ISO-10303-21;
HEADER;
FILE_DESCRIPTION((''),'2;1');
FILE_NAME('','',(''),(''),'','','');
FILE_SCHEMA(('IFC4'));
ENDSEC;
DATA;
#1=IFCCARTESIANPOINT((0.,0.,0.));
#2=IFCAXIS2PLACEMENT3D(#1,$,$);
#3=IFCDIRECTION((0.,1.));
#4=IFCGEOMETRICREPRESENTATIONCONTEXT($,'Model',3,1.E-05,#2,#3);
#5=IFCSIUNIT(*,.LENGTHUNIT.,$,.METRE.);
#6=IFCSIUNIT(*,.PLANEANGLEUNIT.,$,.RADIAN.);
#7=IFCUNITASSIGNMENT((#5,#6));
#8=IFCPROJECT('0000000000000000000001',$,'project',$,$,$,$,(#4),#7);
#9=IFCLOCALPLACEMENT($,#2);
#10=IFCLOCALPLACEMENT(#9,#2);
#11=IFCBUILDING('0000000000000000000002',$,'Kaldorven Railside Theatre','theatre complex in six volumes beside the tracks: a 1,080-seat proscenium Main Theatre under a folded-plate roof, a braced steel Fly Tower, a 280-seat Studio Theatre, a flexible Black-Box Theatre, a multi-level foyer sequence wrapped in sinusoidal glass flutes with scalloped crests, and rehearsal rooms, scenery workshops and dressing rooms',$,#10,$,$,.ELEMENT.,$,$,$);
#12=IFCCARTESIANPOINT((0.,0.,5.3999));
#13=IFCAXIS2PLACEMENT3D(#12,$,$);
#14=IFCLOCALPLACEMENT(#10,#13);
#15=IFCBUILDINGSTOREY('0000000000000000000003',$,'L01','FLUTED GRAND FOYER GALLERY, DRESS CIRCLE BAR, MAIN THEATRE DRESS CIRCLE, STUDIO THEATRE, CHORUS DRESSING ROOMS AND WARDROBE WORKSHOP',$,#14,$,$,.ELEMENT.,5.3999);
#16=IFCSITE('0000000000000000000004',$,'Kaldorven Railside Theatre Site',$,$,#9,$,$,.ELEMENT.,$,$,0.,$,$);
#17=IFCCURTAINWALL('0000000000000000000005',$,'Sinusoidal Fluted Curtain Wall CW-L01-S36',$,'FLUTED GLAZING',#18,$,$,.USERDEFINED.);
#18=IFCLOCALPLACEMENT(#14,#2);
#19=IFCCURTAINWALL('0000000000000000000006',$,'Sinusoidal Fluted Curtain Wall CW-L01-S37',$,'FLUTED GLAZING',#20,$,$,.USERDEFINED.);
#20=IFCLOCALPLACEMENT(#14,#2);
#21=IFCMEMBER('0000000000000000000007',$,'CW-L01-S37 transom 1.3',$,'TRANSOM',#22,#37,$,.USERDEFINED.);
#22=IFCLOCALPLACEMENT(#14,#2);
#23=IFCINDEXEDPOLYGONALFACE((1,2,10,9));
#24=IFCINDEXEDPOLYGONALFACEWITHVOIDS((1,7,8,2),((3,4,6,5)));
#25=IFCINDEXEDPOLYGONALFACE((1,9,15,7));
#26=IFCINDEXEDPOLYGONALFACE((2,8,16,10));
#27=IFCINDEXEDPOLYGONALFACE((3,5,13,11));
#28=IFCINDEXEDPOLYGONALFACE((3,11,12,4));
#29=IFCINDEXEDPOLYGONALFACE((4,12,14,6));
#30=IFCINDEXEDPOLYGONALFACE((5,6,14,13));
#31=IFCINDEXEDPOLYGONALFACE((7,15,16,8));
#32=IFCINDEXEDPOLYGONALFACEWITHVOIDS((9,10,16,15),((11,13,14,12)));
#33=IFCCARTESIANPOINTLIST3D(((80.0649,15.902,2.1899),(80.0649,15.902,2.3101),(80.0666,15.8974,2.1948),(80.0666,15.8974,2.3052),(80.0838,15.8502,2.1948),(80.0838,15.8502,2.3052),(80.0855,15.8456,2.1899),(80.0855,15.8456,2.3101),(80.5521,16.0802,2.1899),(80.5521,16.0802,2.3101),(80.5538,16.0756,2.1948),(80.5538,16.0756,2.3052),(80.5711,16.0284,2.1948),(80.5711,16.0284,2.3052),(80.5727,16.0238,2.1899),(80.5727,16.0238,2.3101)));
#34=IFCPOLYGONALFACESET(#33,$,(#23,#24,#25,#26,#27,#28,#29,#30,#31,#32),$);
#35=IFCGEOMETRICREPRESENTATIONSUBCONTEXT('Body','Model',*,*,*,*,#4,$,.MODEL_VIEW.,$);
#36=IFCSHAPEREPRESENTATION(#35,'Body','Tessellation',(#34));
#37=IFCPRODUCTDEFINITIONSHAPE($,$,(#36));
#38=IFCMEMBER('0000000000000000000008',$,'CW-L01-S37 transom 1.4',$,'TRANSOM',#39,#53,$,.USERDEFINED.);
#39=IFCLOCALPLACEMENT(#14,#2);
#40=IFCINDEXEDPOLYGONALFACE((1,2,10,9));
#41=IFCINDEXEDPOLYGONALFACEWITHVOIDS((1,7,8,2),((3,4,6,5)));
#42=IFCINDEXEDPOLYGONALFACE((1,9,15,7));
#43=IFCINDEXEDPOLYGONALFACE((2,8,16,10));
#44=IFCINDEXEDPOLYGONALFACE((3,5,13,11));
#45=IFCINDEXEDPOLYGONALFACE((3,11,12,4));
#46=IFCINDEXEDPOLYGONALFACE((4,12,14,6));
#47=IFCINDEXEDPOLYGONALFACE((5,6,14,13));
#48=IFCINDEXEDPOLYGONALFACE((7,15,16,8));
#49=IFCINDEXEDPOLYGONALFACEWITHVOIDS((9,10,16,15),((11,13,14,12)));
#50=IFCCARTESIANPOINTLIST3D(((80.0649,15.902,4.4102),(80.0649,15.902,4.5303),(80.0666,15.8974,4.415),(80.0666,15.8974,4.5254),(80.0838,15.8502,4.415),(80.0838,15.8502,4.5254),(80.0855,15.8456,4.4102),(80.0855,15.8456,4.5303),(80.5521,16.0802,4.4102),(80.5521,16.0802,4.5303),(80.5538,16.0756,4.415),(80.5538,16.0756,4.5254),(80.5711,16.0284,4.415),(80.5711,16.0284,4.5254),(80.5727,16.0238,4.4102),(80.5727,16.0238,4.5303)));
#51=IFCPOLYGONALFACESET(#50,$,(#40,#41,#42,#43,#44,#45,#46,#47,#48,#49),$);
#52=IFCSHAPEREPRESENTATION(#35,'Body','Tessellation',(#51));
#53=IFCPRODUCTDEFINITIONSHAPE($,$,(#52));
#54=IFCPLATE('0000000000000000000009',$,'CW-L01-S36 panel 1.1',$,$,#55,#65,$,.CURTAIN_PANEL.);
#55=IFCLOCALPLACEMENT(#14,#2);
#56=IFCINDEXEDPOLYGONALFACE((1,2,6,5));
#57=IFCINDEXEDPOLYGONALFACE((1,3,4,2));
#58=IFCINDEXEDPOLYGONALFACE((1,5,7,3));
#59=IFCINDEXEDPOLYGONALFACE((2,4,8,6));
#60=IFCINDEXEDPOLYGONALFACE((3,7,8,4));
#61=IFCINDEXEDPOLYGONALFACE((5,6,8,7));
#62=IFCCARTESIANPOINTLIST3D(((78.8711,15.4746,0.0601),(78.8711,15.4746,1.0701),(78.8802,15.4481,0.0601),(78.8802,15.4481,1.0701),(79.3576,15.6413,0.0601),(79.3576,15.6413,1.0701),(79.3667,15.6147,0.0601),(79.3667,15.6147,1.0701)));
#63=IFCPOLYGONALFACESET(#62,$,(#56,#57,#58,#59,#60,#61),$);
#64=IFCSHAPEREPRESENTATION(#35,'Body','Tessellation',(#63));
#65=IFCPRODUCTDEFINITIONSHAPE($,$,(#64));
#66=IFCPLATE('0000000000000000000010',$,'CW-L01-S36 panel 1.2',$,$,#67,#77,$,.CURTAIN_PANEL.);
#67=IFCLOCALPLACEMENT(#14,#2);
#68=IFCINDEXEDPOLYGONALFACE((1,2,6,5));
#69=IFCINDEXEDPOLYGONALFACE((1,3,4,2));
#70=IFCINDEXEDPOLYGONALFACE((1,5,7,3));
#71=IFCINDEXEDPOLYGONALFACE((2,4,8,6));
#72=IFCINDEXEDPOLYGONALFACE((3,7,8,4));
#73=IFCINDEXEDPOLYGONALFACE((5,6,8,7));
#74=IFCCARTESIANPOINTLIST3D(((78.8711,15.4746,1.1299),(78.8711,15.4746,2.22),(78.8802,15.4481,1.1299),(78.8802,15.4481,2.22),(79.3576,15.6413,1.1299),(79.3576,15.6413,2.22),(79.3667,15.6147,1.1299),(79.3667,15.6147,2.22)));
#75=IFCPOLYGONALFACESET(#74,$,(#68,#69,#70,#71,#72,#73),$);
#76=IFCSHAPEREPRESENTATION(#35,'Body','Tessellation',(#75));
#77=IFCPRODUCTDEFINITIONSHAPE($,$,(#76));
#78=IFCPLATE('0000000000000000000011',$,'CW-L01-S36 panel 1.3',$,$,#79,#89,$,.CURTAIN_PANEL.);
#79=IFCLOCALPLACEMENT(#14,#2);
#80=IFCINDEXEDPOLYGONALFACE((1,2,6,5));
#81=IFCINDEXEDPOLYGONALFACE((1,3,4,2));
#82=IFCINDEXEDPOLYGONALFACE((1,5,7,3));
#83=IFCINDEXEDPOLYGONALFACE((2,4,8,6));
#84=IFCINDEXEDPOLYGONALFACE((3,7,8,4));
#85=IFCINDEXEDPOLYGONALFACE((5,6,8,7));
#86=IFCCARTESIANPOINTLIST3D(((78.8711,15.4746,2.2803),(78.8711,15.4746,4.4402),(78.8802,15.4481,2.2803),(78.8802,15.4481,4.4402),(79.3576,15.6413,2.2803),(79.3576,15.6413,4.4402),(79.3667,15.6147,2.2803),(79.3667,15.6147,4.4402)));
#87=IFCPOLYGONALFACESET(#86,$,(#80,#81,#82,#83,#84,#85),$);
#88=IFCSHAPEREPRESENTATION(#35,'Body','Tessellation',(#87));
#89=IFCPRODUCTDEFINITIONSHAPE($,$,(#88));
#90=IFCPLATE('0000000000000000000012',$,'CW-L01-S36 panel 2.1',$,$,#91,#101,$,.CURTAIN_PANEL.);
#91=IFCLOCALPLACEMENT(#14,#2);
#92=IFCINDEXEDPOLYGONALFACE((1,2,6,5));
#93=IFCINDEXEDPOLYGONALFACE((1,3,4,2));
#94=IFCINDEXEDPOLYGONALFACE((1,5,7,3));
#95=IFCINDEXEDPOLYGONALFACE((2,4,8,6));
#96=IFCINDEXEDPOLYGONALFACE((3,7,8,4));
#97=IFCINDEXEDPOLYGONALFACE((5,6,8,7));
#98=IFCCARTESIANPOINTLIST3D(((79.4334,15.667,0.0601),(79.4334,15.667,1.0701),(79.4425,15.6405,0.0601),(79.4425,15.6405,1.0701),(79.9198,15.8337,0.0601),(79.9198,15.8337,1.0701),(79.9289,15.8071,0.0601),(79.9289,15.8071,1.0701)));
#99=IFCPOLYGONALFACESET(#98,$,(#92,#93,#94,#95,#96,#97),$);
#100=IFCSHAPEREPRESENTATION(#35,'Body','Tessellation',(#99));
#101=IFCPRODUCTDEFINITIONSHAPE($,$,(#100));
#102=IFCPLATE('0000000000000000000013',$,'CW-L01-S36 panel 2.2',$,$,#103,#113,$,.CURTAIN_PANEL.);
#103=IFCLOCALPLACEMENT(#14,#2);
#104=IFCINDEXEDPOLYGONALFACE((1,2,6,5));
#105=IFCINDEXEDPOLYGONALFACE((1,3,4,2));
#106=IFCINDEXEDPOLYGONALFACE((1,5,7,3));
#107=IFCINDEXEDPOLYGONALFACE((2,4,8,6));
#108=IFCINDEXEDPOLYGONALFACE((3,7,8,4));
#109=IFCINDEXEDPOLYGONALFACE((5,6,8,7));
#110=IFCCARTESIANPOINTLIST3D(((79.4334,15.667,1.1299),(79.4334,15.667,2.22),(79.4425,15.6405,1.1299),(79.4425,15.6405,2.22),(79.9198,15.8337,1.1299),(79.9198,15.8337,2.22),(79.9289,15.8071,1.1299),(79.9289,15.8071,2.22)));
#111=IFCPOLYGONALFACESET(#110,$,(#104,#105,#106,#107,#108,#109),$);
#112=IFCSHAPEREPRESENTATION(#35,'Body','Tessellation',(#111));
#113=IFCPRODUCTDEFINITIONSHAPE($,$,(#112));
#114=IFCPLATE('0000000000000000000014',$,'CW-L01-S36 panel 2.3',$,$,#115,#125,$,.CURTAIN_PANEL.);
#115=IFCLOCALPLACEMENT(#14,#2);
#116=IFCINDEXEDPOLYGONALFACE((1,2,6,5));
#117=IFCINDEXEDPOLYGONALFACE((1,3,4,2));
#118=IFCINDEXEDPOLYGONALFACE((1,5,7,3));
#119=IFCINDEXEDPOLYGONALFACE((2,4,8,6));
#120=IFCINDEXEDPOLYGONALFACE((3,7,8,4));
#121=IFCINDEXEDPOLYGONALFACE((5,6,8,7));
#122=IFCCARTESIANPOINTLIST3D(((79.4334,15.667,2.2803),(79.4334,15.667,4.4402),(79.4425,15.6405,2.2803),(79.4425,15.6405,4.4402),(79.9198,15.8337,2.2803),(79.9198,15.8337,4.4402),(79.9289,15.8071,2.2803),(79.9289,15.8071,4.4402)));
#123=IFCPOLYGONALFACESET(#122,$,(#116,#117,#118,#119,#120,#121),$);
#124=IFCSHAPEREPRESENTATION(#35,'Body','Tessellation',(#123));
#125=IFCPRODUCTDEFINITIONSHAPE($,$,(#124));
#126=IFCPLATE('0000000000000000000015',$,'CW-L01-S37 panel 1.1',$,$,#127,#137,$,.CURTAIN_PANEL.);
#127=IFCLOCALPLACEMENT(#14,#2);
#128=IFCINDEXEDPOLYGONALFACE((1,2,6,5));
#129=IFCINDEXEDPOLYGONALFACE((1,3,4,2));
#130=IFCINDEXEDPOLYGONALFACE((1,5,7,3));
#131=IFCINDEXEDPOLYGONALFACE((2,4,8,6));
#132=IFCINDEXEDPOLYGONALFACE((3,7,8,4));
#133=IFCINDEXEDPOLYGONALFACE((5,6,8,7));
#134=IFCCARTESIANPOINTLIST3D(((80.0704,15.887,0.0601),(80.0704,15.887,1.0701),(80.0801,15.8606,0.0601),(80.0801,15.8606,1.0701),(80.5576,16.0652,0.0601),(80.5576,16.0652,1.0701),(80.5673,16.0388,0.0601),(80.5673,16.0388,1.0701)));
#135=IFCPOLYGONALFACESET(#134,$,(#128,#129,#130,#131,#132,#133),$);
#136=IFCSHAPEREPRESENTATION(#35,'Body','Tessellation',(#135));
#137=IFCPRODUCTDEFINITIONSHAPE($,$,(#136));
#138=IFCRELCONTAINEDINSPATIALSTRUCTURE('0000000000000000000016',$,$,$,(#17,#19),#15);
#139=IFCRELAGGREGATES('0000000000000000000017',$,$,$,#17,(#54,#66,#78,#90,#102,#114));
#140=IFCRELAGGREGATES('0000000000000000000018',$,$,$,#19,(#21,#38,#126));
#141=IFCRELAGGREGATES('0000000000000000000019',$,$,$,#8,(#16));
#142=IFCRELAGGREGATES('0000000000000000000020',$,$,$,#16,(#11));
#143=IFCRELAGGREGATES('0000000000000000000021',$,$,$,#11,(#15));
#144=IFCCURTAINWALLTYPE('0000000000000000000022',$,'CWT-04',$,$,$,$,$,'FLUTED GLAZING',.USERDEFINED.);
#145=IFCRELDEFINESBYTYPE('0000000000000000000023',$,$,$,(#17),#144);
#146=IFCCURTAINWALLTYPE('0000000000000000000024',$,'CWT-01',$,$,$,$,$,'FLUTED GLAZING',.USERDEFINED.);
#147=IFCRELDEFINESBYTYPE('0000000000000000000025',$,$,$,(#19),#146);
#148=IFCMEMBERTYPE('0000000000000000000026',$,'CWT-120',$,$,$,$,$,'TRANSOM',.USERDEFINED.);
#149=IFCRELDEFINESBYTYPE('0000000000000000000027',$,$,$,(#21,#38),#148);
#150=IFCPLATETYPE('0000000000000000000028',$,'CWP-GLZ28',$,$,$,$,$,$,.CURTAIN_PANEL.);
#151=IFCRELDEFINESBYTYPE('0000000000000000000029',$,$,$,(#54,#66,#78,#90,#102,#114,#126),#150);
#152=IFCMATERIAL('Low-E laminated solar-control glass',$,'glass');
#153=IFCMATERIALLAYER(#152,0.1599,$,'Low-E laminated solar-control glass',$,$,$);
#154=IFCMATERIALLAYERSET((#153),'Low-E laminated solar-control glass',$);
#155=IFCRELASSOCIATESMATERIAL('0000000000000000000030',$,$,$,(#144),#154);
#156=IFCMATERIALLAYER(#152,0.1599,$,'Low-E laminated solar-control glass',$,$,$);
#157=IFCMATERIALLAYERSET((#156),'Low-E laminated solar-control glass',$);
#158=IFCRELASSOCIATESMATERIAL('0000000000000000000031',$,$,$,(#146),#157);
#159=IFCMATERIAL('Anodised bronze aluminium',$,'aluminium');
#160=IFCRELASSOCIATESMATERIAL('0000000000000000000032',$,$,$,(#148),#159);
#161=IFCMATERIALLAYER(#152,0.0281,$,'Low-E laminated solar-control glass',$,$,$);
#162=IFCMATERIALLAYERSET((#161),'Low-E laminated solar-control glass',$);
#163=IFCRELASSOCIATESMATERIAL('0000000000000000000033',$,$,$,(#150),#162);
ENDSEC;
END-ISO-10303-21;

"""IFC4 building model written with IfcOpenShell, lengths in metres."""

from ifc_helpers import new_model, si_unit, direction, frame, origin, origin_2d, place, context, subcontext, project, spatial, rectangle, hollow_rectangle, extrude, material, layer, layer_set, material_profile, profile_set, type_object, element, aggregate, save


model = new_model("IFC4")

# Units and contexts
model_context = context("Model", 3, precision=1e-05, world=origin(), true_north=direction((0.0, 1.0)))
body_context = subcontext(model_context, "Body", "Model", "MODEL_VIEW")
ifc_project = project(units=[si_unit("LENGTHUNIT", "METRE"), si_unit("PLANEANGLEUNIT", "RADIAN")], contexts=[model_context])

# Site, building, storey
site_placement = place(None, origin())
site = spatial("IfcSite", under=ifc_project, at=site_placement, Name="Kaldorven Railside Theatre Site", CompositionType="ELEMENT", RefElevation=0.0)
building_placement = place(site_placement, origin())
building = spatial("IfcBuilding", under=site, at=building_placement, Name="Kaldorven Railside Theatre", Description="theatre complex in six volumes beside the tracks: a 1,080-seat proscenium Main Theatre under a folded-plate roof, a braced steel Fly Tower, a 280-seat Studio Theatre, a flexible Black-Box Theatre, a multi-level foyer sequence wrapped in sinusoidal glass flutes with scalloped crests, and rehearsal rooms, scenery workshops and dressing rooms", CompositionType="ELEMENT")
storey_placement = place(building_placement, frame((0.0, 0.0, 5.3999)))
storey = spatial("IfcBuildingStorey", under=building, at=storey_placement, Name="L01", Description="FLUTED GRAND FOYER GALLERY, DRESS CIRCLE BAR, MAIN THEATRE DRESS CIRCLE, STUDIO THEATRE, CHORUS DRESSING ROOMS AND WARDROBE WORKSHOP", CompositionType="ELEMENT", Elevation=5.3999)

# Curtain wall
ifc_material_1 = material(Name="Low-E laminated solar-control glass", Category="glass")
ifc_layer_1 = layer(ifc_material_1, 0.1599, Name="Low-E laminated solar-control glass")
ifc_layer_set_1 = layer_set([ifc_layer_1], Name="Low-E laminated solar-control glass")
curtain_wall_type_1 = type_object("IfcCurtainWallType", Name="CWT-04", ElementType="FLUTED GLAZING", PredefinedType="USERDEFINED", material=ifc_layer_set_1)
curtain_wall_1_placement = place(storey_placement, origin())
curtain_wall_1 = element("IfcCurtainWall", 1, at=curtain_wall_1_placement, inside=storey, type_object=curtain_wall_type_1, Name="Sinusoidal Fluted Curtain Wall CW-L01-S36", ObjectType="FLUTED GLAZING", PredefinedType="USERDEFINED")
ifc_material_2 = material(Name="Anodised bronze aluminium", Category="aluminium")

# Curtain wall
ifc_layer_2 = layer(ifc_material_1, 0.1599, Name="Low-E laminated solar-control glass")
ifc_layer_set_2 = layer_set([ifc_layer_2], Name="Low-E laminated solar-control glass")
curtain_wall_type_2 = type_object("IfcCurtainWallType", Name="CWT-01", ElementType="FLUTED GLAZING", PredefinedType="USERDEFINED", material=ifc_layer_set_2)
curtain_wall_2_placement = place(storey_placement, origin())
curtain_wall_2 = element("IfcCurtainWall", 2, at=curtain_wall_2_placement, inside=storey, type_object=curtain_wall_type_2, Name="Sinusoidal Fluted Curtain Wall CW-L01-S37", ObjectType="FLUTED GLAZING", PredefinedType="USERDEFINED")

# Members
ifc_material_profile_1 = material_profile(ifc_material_2, hollow_rectangle(XDim=0.0601, YDim=0.1201, WallThickness=0.0049, at=origin_2d()), Name="RHS 120x60x5")
ifc_profile_set_1 = profile_set([ifc_material_profile_1], Name="Anodised bronze aluminium")
member_type_1 = type_object("IfcMemberType", Name="CWT-120", ElementType="TRANSOM", PredefinedType="USERDEFINED", material=ifc_profile_set_1)
member_1_placement = place(storey_placement, frame((80.0752, 15.8738, 2.25), z_axis=(0.93916, 0.34348, 0.0), x_axis=(-0.34348, 0.93916, 0.0)))
member_1 = element("IfcMember", 3, at=member_1_placement, type_object=member_type_1, Name="CW-L01-S37 transom 1.3", ObjectType="TRANSOM", PredefinedType="USERDEFINED", context=body_context, shape_type="SweptSolid", body=[
    extrude(hollow_rectangle(XDim=0.0601, YDim=0.1201, WallThickness=0.0049, at=origin_2d()), origin(), (0.0, 0.0, 1.0), 0.5188),
])
member_2_placement = place(storey_placement, frame((80.0752, 15.8738, 4.4702), z_axis=(0.93916, 0.34348, 0.0), x_axis=(-0.34348, 0.93916, 0.0)))
member_2 = element("IfcMember", 4, at=member_2_placement, type_object=member_type_1, Name="CW-L01-S37 transom 1.4", ObjectType="TRANSOM", PredefinedType="USERDEFINED", context=body_context, shape_type="SweptSolid", body=[
    extrude(hollow_rectangle(XDim=0.0601, YDim=0.1201, WallThickness=0.0049, at=origin_2d()), origin(), (0.0, 0.0, 1.0), 0.5188),
])

# Plates
ifc_layer_3 = layer(ifc_material_1, 0.0281, Name="Low-E laminated solar-control glass")
ifc_layer_set_3 = layer_set([ifc_layer_3], Name="Low-E laminated solar-control glass")
plate_type = type_object("IfcPlateType", Name="CWP-GLZ28", PredefinedType="CURTAIN_PANEL", material=ifc_layer_set_3)
plate_1_placement = place(storey_placement, frame((79.1189, 15.5447, 0.0601), z_axis=(0.0, 0.0, 1.0), x_axis=(0.946025, 0.324093, 0.0)))
plate_1 = element("IfcPlate", 5, at=plate_1_placement, type_object=plate_type, Name="CW-L01-S36 panel 1.1", PredefinedType="CURTAIN_PANEL", context=body_context, shape_type="SweptSolid", body=[
    extrude(rectangle(XDim=0.5142, YDim=0.0281, at=origin_2d()), origin(), (0.0, 0.0, 1.0), 1.01),
])
plate_2_placement = place(storey_placement, frame((79.1189, 15.5447, 1.1299), z_axis=(0.0, 0.0, 1.0), x_axis=(0.946025, 0.324093, 0.0)))
plate_2 = element("IfcPlate", 6, at=plate_2_placement, type_object=plate_type, Name="CW-L01-S36 panel 1.2", PredefinedType="CURTAIN_PANEL", context=body_context, shape_type="SweptSolid", body=[
    extrude(rectangle(XDim=0.5142, YDim=0.0281, at=origin_2d()), origin(), (0.0, 0.0, 1.0), 1.0901),
])
plate_3_placement = place(storey_placement, frame((79.1189, 15.5447, 2.2803), z_axis=(0.0, 0.0, 1.0), x_axis=(0.946025, 0.324093, 0.0)))
plate_3 = element("IfcPlate", 7, at=plate_3_placement, type_object=plate_type, Name="CW-L01-S36 panel 1.3", PredefinedType="CURTAIN_PANEL", context=body_context, shape_type="SweptSolid", body=[
    extrude(rectangle(XDim=0.5142, YDim=0.0281, at=origin_2d()), origin(), (0.0, 0.0, 1.0), 2.1599),
])
plate_4_placement = place(storey_placement, frame((79.6812, 15.7371, 0.0601), z_axis=(0.0, 0.0, 1.0), x_axis=(0.946025, 0.324093, 0.0)))
plate_4 = element("IfcPlate", 8, at=plate_4_placement, type_object=plate_type, Name="CW-L01-S36 panel 2.1", PredefinedType="CURTAIN_PANEL", context=body_context, shape_type="SweptSolid", body=[
    extrude(rectangle(XDim=0.5142, YDim=0.0281, at=origin_2d()), origin(), (0.0, 0.0, 1.0), 1.01),
])
plate_5_placement = place(storey_placement, frame((79.6812, 15.7371, 1.1299), z_axis=(0.0, 0.0, 1.0), x_axis=(0.946025, 0.324093, 0.0)))
plate_5 = element("IfcPlate", 9, at=plate_5_placement, type_object=plate_type, Name="CW-L01-S36 panel 2.2", PredefinedType="CURTAIN_PANEL", context=body_context, shape_type="SweptSolid", body=[
    extrude(rectangle(XDim=0.5142, YDim=0.0281, at=origin_2d()), origin(), (0.0, 0.0, 1.0), 1.0901),
])
plate_6_placement = place(storey_placement, frame((79.6812, 15.7371, 2.2803), z_axis=(0.0, 0.0, 1.0), x_axis=(0.946025, 0.324093, 0.0)))
plate_6 = element("IfcPlate", 10, at=plate_6_placement, type_object=plate_type, Name="CW-L01-S36 panel 2.3", PredefinedType="CURTAIN_PANEL", context=body_context, shape_type="SweptSolid", body=[
    extrude(rectangle(XDim=0.5142, YDim=0.0281, at=origin_2d()), origin(), (0.0, 0.0, 1.0), 2.1599),
])
aggregate(curtain_wall_1, [plate_1, plate_2, plate_3, plate_4, plate_5, plate_6])
plate_7_placement = place(storey_placement, frame((80.3188, 15.9629, 0.0601), z_axis=(0.0, 0.0, 1.0), x_axis=(0.939154, 0.343496, 0.0)))
plate_7 = element("IfcPlate", 11, at=plate_7_placement, type_object=plate_type, Name="CW-L01-S37 panel 1.1", PredefinedType="CURTAIN_PANEL", context=body_context, shape_type="SweptSolid", body=[
    extrude(rectangle(XDim=0.5188, YDim=0.0281, at=origin_2d()), origin(), (0.0, 0.0, 1.0), 1.01),
])
aggregate(curtain_wall_2, [member_1, member_2, plate_7])

save(model, "model.ifc")
